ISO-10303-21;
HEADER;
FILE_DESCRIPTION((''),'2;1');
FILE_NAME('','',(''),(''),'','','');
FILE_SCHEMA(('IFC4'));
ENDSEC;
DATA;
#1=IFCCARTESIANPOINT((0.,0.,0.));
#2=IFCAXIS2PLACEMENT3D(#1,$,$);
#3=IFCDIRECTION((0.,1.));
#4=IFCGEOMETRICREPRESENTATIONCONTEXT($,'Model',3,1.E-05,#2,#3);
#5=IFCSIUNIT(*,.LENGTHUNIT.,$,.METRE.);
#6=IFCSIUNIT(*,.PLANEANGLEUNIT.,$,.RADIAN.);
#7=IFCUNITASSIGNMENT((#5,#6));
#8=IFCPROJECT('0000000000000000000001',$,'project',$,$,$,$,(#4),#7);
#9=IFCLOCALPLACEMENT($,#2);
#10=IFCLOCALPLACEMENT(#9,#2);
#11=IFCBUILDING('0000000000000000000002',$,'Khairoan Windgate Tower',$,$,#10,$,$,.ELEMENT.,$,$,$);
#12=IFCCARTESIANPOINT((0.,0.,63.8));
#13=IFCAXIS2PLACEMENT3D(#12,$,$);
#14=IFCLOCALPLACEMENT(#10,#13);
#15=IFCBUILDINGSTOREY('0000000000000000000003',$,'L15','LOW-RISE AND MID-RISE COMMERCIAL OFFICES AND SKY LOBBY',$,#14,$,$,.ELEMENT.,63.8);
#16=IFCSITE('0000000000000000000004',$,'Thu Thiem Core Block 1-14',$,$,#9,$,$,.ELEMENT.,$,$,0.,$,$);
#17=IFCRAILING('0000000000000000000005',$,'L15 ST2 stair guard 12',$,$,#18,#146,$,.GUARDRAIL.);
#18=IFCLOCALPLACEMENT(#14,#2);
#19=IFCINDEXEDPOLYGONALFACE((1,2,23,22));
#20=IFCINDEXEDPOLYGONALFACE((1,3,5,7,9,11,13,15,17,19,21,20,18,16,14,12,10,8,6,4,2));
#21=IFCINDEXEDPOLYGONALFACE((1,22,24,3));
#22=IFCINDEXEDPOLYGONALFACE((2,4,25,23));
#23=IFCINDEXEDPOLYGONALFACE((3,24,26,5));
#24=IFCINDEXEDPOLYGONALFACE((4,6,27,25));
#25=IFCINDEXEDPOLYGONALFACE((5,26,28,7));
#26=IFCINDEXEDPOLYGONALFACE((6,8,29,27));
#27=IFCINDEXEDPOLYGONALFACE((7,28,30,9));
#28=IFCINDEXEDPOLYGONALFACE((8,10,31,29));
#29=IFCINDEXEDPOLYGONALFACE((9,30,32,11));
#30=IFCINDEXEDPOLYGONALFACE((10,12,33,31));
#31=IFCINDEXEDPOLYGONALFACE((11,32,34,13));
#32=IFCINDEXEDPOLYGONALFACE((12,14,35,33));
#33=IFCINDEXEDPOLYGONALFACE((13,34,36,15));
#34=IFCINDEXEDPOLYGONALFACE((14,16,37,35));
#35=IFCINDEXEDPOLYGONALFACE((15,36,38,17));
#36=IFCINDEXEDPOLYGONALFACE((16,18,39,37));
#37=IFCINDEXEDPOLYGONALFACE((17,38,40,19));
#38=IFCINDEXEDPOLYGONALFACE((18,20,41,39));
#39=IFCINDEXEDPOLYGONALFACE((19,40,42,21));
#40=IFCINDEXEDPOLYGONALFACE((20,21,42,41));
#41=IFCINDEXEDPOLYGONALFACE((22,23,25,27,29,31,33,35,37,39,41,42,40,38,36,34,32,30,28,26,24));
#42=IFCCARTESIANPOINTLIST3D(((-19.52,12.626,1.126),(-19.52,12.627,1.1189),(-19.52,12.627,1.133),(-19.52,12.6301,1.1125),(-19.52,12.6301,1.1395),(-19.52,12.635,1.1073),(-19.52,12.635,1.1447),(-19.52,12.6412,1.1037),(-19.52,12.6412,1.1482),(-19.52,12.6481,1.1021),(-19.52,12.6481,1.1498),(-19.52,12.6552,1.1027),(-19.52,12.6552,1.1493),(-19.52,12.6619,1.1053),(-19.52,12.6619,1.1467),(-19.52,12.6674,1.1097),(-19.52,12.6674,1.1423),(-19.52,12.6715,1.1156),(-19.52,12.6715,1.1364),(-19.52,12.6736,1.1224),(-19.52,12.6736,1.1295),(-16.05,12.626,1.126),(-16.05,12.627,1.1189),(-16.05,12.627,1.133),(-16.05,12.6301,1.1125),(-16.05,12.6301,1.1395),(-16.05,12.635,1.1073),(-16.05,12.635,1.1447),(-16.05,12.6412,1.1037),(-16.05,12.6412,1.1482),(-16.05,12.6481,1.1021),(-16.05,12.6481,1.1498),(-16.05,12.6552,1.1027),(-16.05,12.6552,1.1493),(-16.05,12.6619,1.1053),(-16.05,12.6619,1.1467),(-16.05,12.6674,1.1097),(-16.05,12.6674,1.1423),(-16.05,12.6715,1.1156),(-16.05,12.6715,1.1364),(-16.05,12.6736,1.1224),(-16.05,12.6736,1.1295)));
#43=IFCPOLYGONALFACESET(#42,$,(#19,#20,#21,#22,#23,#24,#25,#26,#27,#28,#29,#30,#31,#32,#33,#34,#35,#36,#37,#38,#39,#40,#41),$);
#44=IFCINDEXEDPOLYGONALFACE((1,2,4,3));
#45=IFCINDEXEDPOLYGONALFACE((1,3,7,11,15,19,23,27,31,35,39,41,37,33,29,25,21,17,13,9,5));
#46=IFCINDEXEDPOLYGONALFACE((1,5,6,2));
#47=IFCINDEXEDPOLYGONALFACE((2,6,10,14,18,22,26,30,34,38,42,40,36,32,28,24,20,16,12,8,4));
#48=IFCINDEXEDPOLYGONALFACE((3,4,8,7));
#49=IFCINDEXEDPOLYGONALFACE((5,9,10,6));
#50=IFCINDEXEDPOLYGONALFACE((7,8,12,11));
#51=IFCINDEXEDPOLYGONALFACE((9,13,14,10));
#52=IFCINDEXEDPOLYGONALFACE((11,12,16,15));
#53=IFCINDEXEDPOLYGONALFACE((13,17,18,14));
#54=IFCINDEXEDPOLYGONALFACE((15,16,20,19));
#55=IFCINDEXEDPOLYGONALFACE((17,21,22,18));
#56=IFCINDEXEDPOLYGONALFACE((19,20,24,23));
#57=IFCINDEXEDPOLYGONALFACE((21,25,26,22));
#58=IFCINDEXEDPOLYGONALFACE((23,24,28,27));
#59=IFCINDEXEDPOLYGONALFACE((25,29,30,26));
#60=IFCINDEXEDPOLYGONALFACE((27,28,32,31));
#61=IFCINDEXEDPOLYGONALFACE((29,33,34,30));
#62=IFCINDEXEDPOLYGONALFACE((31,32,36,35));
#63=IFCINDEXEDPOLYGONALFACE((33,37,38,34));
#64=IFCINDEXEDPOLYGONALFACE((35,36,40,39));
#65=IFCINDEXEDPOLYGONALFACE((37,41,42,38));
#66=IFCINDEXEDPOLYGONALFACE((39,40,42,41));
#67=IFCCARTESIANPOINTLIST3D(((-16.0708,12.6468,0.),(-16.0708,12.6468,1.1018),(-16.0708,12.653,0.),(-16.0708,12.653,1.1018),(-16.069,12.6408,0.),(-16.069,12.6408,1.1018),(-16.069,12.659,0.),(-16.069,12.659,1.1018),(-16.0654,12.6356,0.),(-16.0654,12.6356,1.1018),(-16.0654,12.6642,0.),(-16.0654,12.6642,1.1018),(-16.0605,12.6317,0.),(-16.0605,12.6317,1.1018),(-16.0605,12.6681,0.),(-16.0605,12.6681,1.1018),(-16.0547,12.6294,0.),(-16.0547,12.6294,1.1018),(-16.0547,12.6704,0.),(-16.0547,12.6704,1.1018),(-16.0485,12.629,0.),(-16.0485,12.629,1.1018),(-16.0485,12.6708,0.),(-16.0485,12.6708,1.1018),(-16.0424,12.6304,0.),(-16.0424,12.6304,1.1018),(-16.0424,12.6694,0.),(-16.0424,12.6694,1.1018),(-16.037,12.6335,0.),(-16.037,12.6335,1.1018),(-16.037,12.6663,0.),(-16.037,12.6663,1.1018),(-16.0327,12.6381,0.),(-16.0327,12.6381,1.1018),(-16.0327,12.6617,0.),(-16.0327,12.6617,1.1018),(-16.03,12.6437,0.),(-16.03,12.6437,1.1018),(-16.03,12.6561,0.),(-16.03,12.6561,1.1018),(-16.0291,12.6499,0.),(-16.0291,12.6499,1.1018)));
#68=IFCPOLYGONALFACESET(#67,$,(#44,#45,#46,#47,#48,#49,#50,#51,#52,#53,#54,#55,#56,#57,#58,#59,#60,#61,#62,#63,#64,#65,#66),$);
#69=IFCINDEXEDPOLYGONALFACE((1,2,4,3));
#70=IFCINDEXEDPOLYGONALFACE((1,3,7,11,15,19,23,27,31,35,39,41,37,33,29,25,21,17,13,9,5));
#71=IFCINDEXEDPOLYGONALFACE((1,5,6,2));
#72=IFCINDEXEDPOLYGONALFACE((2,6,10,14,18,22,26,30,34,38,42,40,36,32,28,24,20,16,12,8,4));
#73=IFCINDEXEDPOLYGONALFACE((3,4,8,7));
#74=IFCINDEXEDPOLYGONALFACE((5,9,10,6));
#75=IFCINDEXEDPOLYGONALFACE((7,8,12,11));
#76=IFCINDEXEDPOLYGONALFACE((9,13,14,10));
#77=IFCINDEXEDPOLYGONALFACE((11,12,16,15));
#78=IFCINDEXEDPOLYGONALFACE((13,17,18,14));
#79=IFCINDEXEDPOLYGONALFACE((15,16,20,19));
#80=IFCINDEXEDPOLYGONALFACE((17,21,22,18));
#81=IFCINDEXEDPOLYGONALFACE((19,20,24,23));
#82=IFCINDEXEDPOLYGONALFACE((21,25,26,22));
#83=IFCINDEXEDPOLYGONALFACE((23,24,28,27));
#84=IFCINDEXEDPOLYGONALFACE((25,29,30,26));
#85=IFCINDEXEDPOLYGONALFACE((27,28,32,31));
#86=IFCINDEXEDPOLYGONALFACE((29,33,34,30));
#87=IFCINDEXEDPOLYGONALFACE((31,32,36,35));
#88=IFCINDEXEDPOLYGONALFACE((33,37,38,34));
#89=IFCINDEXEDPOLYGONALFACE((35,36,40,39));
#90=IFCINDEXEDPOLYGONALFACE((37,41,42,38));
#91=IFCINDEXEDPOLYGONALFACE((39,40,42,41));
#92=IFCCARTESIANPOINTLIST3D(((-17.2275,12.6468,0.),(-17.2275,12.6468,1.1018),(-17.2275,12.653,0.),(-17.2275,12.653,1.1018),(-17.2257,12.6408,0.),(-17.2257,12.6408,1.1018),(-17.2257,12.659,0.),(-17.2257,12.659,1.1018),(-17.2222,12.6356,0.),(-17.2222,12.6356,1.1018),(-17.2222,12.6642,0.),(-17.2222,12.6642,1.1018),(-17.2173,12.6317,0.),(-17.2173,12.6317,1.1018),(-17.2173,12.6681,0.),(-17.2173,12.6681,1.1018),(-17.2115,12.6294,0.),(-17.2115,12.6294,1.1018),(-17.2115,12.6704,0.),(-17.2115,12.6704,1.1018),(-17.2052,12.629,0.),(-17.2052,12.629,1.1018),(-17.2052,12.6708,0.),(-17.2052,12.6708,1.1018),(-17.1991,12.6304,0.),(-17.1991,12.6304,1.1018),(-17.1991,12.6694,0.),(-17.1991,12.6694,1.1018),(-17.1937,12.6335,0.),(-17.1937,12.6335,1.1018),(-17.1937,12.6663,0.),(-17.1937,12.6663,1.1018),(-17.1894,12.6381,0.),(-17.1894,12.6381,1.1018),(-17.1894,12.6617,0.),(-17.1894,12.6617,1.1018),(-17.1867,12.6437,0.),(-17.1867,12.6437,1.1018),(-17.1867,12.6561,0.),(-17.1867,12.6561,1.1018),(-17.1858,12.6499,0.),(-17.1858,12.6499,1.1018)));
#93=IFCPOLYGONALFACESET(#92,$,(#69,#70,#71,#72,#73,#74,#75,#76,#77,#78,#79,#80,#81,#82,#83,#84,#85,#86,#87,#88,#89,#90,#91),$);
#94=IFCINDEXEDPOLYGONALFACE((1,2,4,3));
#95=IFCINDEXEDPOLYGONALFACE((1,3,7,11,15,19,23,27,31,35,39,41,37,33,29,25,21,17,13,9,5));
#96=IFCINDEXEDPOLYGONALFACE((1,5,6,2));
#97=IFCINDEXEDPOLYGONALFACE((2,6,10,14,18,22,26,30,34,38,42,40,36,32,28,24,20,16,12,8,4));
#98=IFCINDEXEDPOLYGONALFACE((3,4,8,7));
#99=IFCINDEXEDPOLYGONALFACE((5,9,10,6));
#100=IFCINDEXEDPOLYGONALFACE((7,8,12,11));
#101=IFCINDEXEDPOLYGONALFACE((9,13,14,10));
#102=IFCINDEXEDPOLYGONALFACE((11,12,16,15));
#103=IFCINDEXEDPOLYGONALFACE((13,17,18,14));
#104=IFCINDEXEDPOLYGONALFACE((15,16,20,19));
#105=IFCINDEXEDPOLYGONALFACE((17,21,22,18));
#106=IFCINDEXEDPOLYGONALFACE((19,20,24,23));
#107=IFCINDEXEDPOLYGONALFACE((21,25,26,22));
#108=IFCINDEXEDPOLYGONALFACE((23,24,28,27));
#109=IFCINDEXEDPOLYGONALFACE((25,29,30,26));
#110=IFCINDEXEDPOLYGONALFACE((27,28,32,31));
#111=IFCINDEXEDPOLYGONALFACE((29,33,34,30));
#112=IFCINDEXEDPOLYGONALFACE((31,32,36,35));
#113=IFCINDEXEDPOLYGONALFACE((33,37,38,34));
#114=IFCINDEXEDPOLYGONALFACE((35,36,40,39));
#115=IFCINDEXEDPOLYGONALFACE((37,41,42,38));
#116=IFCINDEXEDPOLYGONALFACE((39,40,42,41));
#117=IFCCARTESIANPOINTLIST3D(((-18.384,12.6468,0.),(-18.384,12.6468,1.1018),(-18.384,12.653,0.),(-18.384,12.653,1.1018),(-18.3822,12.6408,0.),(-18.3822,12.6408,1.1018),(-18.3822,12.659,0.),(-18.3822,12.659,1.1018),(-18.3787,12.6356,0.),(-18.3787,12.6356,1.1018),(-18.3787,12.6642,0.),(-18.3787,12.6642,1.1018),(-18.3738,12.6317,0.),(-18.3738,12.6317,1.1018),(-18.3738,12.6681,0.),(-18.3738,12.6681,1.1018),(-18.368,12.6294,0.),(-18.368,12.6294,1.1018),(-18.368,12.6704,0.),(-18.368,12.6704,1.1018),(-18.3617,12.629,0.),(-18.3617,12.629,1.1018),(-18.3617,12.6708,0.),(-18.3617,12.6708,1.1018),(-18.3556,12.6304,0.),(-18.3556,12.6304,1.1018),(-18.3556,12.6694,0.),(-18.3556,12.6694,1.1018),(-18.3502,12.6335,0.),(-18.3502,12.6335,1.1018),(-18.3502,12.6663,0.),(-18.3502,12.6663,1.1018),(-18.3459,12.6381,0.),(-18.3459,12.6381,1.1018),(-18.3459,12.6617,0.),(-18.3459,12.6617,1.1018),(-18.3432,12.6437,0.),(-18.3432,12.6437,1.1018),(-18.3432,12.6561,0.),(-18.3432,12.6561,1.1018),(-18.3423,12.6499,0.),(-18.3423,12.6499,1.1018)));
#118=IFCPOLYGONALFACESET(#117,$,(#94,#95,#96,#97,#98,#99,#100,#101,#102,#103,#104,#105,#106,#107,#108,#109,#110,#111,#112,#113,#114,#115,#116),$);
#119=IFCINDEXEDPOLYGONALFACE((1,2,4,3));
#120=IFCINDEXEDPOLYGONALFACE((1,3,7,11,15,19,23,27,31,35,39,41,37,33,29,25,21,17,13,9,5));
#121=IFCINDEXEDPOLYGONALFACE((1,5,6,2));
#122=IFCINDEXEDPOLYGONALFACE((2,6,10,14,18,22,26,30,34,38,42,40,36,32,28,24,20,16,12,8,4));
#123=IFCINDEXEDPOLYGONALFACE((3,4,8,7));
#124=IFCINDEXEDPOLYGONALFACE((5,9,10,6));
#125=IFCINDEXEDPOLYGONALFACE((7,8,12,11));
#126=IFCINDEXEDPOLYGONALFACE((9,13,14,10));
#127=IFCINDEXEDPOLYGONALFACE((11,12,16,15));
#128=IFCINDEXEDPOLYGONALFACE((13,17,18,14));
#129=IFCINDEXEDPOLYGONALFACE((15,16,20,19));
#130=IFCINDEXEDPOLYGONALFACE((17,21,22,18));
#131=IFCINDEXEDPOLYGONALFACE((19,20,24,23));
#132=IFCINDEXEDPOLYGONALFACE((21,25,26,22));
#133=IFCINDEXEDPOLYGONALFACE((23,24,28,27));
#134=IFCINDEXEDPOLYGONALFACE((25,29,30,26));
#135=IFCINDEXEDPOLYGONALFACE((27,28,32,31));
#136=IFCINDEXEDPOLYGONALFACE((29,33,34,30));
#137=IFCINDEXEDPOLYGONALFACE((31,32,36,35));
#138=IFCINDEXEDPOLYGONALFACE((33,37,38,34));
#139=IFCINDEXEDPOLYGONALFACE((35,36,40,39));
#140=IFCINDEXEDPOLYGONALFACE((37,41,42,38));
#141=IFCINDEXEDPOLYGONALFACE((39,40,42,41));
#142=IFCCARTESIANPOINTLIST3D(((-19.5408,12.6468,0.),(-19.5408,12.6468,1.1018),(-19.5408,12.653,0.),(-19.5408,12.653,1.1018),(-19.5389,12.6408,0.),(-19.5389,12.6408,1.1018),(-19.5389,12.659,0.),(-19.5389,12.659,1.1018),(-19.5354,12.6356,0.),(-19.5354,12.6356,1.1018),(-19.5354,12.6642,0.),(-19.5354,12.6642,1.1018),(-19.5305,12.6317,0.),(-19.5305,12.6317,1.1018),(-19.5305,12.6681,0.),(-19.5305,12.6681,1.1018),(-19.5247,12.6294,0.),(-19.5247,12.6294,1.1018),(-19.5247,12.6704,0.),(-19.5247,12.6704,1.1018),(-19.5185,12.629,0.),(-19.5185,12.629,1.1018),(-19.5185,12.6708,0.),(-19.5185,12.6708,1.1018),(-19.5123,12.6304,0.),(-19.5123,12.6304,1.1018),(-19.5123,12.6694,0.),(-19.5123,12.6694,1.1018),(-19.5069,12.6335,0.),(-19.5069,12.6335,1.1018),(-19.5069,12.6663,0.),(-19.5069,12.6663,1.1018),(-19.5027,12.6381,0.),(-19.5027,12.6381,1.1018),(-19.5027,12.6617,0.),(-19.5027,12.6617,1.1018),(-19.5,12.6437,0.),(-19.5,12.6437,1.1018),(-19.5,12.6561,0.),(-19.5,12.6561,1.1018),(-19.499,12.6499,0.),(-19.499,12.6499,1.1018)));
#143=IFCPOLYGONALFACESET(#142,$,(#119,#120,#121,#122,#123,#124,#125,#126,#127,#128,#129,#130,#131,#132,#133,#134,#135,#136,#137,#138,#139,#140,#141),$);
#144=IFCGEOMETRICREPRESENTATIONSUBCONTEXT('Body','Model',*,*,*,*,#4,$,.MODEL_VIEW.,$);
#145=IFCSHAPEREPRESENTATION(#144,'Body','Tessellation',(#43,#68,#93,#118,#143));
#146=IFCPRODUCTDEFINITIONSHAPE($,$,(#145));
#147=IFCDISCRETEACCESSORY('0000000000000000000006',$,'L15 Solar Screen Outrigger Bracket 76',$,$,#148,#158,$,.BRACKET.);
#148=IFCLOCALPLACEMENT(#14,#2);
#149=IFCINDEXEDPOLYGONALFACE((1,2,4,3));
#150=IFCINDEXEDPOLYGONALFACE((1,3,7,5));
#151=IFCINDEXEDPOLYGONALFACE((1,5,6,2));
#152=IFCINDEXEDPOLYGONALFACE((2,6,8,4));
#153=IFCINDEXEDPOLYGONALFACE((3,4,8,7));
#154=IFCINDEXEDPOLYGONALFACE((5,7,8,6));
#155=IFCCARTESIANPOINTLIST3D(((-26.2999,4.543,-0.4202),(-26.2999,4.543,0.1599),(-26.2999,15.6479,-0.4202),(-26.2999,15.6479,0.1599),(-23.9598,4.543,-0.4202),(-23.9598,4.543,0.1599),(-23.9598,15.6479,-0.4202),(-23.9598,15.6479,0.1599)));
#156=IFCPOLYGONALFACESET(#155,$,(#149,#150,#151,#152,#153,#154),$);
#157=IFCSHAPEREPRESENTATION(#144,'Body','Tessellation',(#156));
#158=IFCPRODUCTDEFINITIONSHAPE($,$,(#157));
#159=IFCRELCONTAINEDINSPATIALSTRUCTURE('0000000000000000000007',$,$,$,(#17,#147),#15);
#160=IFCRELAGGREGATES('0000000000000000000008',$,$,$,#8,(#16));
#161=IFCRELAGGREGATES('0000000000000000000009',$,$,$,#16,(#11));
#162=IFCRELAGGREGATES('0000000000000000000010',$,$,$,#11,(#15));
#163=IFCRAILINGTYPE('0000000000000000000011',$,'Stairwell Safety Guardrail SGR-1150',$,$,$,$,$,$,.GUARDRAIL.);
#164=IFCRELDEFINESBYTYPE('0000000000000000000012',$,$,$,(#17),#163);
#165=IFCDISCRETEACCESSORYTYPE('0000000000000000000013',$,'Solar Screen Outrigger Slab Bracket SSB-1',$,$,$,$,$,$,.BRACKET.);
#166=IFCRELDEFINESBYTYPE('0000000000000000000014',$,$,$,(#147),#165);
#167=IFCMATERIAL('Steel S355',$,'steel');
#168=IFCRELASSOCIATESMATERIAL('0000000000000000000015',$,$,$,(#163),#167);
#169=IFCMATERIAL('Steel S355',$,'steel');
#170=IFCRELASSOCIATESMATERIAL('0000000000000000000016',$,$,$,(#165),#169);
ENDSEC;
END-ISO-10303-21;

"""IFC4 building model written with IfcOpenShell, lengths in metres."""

from ifc_helpers import new_model, si_unit, direction, frame, origin, origin_2d, place, context, subcontext, project, spatial, rectangle, circle, extrude, material, type_object, element, save


model = new_model("IFC4")

# Units and contexts
model_context = context("Model", 3, precision=1e-05, world=origin(), true_north=direction((0.0, 1.0)))
body_context = subcontext(model_context, "Body", "Model", "MODEL_VIEW")
ifc_project = project(units=[si_unit("LENGTHUNIT", "METRE"), si_unit("PLANEANGLEUNIT", "RADIAN")], contexts=[model_context])

# Site, building, storey
site_placement = place(None, origin())
site = spatial("IfcSite", under=ifc_project, at=site_placement, Name="Thu Thiem Core Block 1-14", CompositionType="ELEMENT", RefElevation=0.0)
building_placement = place(site_placement, origin())
building = spatial("IfcBuilding", under=site, at=building_placement, Name="Khairoan Windgate Tower", CompositionType="ELEMENT")
storey_placement = place(building_placement, frame((0.0, 0.0, 63.8)))
storey = spatial("IfcBuildingStorey", under=building, at=storey_placement, Name="L15", Description="LOW-RISE AND MID-RISE COMMERCIAL OFFICES AND SKY LOBBY", CompositionType="ELEMENT", Elevation=63.8)

# Railing
ifc_material_1 = material(Name="Steel S355", Category="steel")
railing_type = type_object("IfcRailingType", Name="Stairwell Safety Guardrail SGR-1150", PredefinedType="GUARDRAIL", material=ifc_material_1)
railing_1_placement = place(storey_placement, frame((-16.05, 12.6499, 0.0)))
element("IfcRailing", 1, at=railing_1_placement, inside=storey, type_object=railing_type, Name="L15 ST2 stair guard 12", PredefinedType="GUARDRAIL", context=body_context, shape_type="SweptSolid", body=[
    extrude(circle(Radius=0.0239, at=origin_2d()), frame((0.0, 0.0, 1.126), z_axis=(-1.0, 0.0, 0.0), x_axis=(0.0, -1.0, 0.0)), (0.0, 0.0, 1.0), 3.47),
    extrude(circle(Radius=0.021, at=origin_2d()), origin(), (0.0, 0.0, 1.0), 1.1018),
    extrude(circle(Radius=0.021, at=origin_2d()), frame((-1.1567, 0.0, 0.0)), (0.0, 0.0, 1.0), 1.1018),
    extrude(circle(Radius=0.021, at=origin_2d()), frame((-2.3132, 0.0, 0.0)), (0.0, 0.0, 1.0), 1.1018),
    extrude(circle(Radius=0.021, at=origin_2d()), frame((-3.47, 0.0, 0.0)), (0.0, 0.0, 1.0), 1.1018),
])

# Discrete accessory
ifc_material_2 = material(Name="Steel S355", Category="steel")
discrete_accessory_type = type_object("IfcDiscreteAccessoryType", Name="Solar Screen Outrigger Slab Bracket SSB-1", PredefinedType="BRACKET", material=ifc_material_2)
discrete_accessory_placement = place(storey_placement, frame((-25.1299, 10.0955, -0.4202), z_axis=(0.0, 0.0, 1.0), x_axis=(0.0, 1.0, 0.0)))
element("IfcDiscreteAccessory", 2, at=discrete_accessory_placement, inside=storey, type_object=discrete_accessory_type, Name="L15 Solar Screen Outrigger Bracket 76", PredefinedType="BRACKET", context=body_context, shape_type="SweptSolid", body=[
    extrude(rectangle(XDim=11.105, YDim=2.3401, at=origin_2d()), origin(), (0.0, 0.0, 1.0), 0.5801),
])

save(model, "model.ifc")
